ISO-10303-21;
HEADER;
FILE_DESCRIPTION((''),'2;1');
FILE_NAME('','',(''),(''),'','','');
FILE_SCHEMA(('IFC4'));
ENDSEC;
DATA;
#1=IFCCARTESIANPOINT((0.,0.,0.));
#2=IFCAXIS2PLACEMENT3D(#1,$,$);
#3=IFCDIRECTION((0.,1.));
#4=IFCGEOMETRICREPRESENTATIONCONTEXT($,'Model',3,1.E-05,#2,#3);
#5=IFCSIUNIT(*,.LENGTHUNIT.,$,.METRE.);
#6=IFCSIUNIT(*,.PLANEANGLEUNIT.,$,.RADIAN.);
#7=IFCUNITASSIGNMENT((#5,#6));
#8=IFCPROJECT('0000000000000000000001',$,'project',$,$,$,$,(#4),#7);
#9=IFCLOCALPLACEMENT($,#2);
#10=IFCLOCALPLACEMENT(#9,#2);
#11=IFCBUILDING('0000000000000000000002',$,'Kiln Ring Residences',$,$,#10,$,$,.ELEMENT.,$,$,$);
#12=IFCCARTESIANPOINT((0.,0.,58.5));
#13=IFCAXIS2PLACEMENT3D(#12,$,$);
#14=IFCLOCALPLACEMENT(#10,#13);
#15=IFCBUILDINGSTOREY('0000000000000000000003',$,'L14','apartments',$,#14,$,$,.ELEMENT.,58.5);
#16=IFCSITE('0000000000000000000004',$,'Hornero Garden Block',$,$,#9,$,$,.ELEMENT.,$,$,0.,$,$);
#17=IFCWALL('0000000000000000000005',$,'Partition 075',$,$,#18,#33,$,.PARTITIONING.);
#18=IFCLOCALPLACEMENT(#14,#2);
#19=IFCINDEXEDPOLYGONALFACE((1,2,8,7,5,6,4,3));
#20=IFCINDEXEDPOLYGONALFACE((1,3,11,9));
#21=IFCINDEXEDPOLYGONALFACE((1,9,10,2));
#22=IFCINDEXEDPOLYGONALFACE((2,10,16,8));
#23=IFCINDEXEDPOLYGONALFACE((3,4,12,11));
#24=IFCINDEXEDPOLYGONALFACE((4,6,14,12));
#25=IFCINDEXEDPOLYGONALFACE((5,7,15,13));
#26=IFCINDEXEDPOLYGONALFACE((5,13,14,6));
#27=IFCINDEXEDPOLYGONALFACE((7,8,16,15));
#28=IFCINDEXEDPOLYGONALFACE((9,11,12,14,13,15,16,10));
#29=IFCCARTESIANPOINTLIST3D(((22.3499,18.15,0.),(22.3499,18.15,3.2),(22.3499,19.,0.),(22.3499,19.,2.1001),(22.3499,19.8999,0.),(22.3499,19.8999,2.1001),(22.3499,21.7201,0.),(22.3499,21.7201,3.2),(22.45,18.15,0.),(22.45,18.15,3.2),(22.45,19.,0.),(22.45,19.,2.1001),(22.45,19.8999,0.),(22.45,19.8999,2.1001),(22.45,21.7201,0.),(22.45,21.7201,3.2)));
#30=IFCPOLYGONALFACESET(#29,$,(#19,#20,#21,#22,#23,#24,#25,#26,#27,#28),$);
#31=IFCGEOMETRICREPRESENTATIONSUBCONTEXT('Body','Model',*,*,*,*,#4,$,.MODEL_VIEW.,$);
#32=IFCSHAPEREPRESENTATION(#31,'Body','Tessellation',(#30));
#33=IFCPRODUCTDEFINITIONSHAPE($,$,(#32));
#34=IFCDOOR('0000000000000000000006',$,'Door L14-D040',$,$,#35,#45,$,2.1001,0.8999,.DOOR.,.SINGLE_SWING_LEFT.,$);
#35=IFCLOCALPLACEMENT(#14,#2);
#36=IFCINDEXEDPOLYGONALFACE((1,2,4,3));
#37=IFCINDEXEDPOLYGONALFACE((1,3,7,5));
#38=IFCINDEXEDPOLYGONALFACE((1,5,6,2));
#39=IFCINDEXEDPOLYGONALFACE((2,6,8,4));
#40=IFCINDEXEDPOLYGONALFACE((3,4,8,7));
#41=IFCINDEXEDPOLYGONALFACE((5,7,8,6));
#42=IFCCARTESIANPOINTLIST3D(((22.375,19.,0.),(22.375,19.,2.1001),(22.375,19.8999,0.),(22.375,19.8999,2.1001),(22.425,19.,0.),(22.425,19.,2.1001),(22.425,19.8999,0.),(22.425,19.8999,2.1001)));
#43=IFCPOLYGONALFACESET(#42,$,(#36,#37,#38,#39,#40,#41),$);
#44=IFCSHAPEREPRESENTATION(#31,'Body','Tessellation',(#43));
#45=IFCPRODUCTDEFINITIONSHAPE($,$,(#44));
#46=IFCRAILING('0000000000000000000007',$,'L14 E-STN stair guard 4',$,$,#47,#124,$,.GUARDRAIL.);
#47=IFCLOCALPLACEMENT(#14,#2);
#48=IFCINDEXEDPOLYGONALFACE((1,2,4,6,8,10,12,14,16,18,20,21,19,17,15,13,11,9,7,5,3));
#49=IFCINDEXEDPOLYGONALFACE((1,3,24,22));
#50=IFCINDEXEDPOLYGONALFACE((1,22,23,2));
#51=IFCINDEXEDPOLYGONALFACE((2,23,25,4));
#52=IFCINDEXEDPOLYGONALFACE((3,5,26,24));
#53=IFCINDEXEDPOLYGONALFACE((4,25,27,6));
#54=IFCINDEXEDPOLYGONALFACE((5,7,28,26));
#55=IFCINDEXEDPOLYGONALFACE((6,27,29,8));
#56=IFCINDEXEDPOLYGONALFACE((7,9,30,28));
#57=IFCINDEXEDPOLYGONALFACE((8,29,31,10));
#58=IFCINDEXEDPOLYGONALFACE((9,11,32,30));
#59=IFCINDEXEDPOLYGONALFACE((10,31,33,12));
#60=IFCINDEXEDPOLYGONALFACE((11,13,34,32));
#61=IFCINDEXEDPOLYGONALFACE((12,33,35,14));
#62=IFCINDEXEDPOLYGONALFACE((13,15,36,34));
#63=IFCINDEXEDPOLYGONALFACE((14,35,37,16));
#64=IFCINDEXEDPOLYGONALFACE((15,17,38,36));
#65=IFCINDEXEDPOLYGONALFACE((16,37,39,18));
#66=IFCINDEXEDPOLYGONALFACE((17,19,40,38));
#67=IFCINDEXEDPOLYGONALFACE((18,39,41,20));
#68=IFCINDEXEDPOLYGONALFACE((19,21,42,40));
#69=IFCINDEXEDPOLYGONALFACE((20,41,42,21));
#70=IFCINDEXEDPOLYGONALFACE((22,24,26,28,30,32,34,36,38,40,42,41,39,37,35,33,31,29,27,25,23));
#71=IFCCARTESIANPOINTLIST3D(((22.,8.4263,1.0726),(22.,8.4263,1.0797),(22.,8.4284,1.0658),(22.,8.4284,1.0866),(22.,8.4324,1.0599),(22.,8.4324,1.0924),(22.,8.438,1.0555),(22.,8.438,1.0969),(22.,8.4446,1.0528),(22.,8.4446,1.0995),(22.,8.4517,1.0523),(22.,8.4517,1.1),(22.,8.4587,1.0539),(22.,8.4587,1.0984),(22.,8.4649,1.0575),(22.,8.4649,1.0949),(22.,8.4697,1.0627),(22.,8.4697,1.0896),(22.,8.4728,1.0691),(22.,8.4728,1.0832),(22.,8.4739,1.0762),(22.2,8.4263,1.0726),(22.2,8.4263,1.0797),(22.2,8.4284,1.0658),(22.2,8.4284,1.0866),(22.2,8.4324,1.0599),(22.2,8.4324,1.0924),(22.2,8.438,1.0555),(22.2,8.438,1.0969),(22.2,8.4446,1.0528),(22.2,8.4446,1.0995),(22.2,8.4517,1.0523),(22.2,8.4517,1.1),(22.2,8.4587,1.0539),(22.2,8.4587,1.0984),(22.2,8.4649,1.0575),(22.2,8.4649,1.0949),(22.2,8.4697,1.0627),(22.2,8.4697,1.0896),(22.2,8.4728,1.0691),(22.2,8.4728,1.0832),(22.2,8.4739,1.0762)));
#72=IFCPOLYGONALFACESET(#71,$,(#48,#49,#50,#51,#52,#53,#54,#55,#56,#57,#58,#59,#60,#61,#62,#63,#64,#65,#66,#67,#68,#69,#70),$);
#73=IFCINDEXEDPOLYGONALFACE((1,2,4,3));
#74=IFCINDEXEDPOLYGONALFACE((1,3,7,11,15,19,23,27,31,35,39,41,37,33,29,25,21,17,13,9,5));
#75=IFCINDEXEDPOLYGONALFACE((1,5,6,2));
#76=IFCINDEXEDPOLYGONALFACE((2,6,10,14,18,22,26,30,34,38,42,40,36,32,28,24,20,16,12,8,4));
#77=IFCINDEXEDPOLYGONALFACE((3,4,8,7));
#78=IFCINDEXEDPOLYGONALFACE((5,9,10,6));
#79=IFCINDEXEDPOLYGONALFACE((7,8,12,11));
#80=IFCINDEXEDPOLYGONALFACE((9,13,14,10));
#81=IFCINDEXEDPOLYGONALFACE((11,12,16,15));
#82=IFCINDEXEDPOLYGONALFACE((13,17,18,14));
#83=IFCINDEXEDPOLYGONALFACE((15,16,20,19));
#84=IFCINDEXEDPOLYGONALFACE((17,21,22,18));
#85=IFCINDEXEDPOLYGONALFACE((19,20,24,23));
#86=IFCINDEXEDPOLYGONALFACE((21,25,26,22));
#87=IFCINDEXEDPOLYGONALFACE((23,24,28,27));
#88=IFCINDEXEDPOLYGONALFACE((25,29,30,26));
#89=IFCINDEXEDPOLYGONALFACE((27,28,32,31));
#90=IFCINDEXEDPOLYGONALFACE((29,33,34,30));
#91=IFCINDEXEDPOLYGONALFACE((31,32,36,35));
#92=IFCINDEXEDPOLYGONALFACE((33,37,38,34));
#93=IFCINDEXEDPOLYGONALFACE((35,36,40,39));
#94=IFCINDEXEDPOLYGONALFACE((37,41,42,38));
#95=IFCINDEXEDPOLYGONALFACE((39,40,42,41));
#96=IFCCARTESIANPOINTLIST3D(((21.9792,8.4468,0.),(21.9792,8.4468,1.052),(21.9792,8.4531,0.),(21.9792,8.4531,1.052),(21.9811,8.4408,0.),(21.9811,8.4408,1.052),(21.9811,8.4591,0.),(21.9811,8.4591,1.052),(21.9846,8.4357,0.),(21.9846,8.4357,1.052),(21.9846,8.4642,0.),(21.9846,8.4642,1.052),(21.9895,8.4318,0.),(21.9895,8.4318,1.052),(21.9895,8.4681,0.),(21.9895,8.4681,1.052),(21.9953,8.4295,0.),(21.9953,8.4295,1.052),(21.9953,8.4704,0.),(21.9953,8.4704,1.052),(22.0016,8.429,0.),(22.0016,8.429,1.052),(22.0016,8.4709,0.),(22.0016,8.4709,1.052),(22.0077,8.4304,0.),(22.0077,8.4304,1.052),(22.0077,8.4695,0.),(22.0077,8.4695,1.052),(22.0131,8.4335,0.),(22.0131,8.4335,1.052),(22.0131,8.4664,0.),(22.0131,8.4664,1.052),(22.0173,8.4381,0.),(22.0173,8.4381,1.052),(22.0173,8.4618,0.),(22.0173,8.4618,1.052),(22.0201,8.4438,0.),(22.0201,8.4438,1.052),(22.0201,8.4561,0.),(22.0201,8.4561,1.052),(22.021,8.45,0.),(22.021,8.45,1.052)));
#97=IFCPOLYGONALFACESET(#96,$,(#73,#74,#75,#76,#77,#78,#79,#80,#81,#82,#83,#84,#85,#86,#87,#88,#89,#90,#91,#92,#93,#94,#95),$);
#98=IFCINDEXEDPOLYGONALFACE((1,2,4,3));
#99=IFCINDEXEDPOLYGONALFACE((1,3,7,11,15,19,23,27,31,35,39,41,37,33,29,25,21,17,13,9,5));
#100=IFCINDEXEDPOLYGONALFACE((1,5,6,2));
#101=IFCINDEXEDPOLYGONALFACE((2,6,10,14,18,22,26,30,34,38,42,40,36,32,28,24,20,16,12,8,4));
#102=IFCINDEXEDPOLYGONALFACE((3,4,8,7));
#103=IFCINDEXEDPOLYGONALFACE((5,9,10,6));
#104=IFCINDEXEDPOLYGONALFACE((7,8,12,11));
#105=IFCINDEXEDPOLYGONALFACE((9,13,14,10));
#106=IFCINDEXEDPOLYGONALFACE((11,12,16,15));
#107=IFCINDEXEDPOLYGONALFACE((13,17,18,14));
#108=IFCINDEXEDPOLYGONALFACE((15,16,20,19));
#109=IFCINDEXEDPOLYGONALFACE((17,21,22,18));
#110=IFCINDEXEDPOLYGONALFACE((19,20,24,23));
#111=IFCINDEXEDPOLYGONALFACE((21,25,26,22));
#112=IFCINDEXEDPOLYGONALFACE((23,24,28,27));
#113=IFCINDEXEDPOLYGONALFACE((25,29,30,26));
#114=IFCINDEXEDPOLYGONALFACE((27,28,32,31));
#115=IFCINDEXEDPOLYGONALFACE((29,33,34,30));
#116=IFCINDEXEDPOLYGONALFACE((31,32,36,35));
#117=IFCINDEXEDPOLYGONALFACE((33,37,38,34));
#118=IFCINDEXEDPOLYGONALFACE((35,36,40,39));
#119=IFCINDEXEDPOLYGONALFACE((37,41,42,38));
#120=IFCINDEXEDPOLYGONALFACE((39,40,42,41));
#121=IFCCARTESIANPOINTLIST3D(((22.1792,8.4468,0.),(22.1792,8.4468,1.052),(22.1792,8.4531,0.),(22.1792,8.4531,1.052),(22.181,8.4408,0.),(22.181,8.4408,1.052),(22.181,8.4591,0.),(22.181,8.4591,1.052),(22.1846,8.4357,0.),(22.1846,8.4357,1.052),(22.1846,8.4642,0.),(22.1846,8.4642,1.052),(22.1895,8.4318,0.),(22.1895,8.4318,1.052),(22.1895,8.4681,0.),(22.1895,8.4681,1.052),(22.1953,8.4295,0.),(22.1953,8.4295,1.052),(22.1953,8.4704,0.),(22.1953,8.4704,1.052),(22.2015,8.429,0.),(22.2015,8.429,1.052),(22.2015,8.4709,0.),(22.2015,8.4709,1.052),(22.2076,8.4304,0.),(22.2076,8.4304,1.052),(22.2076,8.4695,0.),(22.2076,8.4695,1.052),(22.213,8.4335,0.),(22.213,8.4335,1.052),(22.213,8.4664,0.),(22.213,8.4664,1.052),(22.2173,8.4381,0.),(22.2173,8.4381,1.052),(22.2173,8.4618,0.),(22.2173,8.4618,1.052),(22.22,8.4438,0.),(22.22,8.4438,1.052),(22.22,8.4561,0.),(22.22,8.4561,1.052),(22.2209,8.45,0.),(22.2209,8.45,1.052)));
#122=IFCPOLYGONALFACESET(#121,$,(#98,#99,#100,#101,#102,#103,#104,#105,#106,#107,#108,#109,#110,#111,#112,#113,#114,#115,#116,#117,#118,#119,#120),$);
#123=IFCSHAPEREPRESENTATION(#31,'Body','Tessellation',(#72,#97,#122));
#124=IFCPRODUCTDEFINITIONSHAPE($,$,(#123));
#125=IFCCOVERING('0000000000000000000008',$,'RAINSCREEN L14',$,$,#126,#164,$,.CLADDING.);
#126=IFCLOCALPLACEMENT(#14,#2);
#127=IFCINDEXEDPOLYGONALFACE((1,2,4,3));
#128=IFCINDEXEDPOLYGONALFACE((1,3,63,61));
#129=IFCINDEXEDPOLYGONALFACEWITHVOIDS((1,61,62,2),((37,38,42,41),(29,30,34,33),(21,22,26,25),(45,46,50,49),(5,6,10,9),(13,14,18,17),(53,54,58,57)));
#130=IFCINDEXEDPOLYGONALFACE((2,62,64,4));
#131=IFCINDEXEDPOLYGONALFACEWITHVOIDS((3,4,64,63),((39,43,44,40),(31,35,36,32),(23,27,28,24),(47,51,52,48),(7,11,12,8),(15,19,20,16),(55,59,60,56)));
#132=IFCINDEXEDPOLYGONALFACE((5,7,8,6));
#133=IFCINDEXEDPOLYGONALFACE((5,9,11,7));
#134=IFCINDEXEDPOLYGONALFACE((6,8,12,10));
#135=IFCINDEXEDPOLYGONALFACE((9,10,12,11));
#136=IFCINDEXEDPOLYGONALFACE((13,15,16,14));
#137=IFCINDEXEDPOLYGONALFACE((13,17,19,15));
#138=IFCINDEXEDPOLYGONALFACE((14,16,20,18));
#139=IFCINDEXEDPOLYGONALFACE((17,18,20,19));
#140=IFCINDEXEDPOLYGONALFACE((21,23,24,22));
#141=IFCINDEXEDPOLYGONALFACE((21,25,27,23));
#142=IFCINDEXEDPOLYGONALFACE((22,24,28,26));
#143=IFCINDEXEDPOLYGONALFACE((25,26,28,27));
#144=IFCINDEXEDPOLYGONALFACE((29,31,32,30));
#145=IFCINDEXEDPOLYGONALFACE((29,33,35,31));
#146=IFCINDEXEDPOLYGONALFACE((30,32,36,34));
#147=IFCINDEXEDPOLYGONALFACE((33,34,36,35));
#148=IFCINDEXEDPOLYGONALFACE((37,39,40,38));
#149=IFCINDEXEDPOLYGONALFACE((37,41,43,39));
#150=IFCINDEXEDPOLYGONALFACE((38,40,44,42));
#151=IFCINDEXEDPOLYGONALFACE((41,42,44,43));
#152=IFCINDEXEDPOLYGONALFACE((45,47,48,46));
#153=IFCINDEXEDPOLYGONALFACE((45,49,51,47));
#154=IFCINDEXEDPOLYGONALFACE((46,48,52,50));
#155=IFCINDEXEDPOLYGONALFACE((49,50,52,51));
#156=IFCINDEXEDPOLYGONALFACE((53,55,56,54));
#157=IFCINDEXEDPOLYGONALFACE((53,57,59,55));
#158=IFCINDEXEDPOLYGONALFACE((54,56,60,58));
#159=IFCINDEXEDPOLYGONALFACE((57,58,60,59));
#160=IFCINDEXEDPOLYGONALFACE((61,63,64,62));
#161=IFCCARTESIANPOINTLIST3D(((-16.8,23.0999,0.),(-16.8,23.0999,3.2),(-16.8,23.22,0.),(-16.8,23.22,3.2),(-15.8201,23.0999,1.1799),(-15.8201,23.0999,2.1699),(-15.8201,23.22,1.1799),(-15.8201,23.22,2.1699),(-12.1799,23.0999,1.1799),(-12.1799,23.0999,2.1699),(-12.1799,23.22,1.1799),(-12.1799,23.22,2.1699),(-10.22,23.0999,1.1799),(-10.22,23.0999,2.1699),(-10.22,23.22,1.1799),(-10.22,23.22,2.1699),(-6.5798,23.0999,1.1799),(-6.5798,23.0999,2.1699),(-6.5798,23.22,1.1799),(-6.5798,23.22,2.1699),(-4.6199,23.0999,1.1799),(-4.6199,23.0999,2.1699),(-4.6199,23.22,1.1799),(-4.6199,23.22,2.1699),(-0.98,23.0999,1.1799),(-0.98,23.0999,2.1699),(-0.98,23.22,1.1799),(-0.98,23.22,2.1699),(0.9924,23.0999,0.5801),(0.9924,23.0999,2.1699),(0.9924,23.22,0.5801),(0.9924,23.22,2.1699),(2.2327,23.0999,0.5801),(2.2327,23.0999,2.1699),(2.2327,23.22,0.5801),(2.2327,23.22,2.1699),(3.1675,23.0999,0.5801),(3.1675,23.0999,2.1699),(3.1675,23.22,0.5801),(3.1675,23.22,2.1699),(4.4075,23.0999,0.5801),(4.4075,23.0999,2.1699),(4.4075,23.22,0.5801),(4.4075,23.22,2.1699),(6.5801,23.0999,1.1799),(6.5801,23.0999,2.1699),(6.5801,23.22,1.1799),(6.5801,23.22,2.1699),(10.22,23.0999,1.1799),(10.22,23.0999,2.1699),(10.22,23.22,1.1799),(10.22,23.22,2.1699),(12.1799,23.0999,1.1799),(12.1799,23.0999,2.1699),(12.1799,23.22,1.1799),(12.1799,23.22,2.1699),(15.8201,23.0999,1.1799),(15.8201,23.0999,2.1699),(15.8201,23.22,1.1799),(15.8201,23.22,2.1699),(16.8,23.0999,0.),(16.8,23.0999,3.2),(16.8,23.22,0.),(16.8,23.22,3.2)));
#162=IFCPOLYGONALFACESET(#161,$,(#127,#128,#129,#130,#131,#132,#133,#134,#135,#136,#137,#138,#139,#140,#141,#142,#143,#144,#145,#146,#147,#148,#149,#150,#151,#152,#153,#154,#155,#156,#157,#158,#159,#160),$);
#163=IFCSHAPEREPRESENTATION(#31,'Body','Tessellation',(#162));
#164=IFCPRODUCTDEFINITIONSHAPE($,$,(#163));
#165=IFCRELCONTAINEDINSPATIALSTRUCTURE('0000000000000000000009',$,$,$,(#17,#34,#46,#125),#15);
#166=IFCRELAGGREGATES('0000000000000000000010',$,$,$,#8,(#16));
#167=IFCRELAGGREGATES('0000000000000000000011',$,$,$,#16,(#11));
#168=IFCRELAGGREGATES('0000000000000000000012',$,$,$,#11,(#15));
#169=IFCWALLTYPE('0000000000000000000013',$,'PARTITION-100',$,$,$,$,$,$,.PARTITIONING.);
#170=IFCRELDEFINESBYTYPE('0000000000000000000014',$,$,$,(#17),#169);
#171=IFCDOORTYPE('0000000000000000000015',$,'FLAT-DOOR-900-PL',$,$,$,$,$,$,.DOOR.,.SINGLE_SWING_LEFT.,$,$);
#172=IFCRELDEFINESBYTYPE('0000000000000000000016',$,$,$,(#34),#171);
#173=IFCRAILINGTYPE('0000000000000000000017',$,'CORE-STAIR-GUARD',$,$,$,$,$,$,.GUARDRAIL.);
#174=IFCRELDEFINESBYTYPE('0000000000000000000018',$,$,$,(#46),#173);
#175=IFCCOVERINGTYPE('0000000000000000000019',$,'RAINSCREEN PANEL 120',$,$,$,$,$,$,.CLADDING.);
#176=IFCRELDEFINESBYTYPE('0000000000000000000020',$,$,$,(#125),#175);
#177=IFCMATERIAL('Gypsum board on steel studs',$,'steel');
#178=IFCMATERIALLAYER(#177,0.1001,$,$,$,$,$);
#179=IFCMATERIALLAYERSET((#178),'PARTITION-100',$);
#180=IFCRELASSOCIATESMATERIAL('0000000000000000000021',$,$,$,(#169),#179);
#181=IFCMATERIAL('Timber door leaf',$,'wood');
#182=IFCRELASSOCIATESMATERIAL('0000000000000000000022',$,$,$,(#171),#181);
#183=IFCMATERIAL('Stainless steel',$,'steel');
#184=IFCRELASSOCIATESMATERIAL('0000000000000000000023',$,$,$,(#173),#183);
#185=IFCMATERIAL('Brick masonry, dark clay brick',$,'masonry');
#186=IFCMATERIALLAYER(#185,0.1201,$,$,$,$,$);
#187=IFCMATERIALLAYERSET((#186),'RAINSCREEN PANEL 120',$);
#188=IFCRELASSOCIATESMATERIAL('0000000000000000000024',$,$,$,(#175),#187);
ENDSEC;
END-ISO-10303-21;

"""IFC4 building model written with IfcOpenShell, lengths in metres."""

from ifc_helpers import new_model, si_unit, direction, frame, frame_2d, origin, origin_2d, place, context, subcontext, project, spatial, polyline, rectangle, circle, outline, extrude, material, layer, layer_set, type_object, element, fill, save


model = new_model("IFC4")

# Units and contexts
model_context = context("Model", 3, precision=1e-05, world=origin(), true_north=direction((0.0, 1.0)))
body_context = subcontext(model_context, "Body", "Model", "MODEL_VIEW")
ifc_project = project(units=[si_unit("LENGTHUNIT", "METRE"), si_unit("PLANEANGLEUNIT", "RADIAN")], contexts=[model_context])

# Site, building, storey
site_placement = place(None, origin())
site = spatial("IfcSite", under=ifc_project, at=site_placement, Name="Hornero Garden Block", CompositionType="ELEMENT", RefElevation=0.0)
building_placement = place(site_placement, origin())
building = spatial("IfcBuilding", under=site, at=building_placement, Name="Kiln Ring Residences", CompositionType="ELEMENT")
storey_placement = place(building_placement, frame((0.0, 0.0, 58.5)))
storey = spatial("IfcBuildingStorey", under=building, at=storey_placement, Name="L14", Description="apartments", CompositionType="ELEMENT", Elevation=58.5)

# Shared definitions
ifc_material_1 = material(Name="Gypsum board on steel studs", Category="steel")
ifc_layer_1 = layer(ifc_material_1, 0.1001)
ifc_layer_set_1 = layer_set([ifc_layer_1], Name="PARTITION-100")
wall_type_1 = type_object("IfcWallType", Name="PARTITION-100", PredefinedType="PARTITIONING", material=ifc_layer_set_1)

# Wall, opening, door
wall_1_placement = place(storey_placement, frame((22.3999, 18.1499, 0.0), z_axis=(0.0, 0.0, 1.0), x_axis=(0.0, 1.0, 0.0)))
wall_1 = element("IfcWall", 1, at=wall_1_placement, inside=storey, type_object=wall_type_1, Name="Partition 075", PredefinedType="PARTITIONING", context=body_context, shape_type="SweptSolid", body=[
    extrude(rectangle(XDim=3.5701, YDim=0.1001, at=frame_2d((1.7852, 0.0))), origin(), (0.0, 0.0, 1.0), 3.2),
])
opening_1_placement = place(wall_1_placement, frame((0.8501, 0.0, 0.0)))
opening_1 = element("IfcOpeningElement", 2, at=opening_1_placement, cuts=wall_1, PredefinedType="OPENING", context=body_context, shape_type="SweptSolid", body=[
    extrude(rectangle(XDim=0.8999, YDim=2.1001, at=frame_2d((0.45, 1.05))), frame((0.0, 0.0601, 0.0), z_axis=(0.0, -1.0, 0.0), x_axis=(1.0, 0.0, 0.0)), (0.0, 0.0, 1.0), 0.1201),
])
ifc_material_2 = material(Name="Timber door leaf", Category="wood")
door_type_1 = type_object("IfcDoorType", Name="FLAT-DOOR-900-PL", OperationType="SINGLE_SWING_LEFT", PredefinedType="DOOR", material=ifc_material_2)
door_1_placement = place(opening_1_placement, origin())
door_1 = element("IfcDoor", 3, at=door_1_placement, inside=storey, type_object=door_type_1, Name="Door L14-D040", OperationType="SINGLE_SWING_LEFT", OverallHeight=2.1001, OverallWidth=0.8999, PredefinedType="DOOR", context=body_context, shape_type="SweptSolid", body=[
    extrude(rectangle(XDim=0.8999, YDim=2.1001, at=frame_2d((0.45, 1.05))), frame((0.0, 0.0249, 0.0), z_axis=(0.0, -1.0, 0.0), x_axis=(1.0, 0.0, 0.0)), (0.0, 0.0, 1.0), 0.05),
])
fill(opening_1, door_1)

# Railing
ifc_material_3 = material(Name="Stainless steel", Category="steel")
railing_type = type_object("IfcRailingType", Name="CORE-STAIR-GUARD", PredefinedType="GUARDRAIL", material=ifc_material_3)
railing_placement = place(storey_placement, frame((22.0, 8.45, 0.0)))
element("IfcRailing", 4, at=railing_placement, inside=storey, type_object=railing_type, Name="L14 E-STN stair guard 4", PredefinedType="GUARDRAIL", context=body_context, shape_type="SweptSolid", body=[
    extrude(circle(Radius=0.0239, at=origin_2d()), frame((0.0, 0.0, 1.0762), z_axis=(1.0, 0.0, 0.0), x_axis=(0.0, 1.0, 0.0)), (0.0, 0.0, 1.0), 0.2),
    extrude(circle(Radius=0.021, at=origin_2d()), origin(), (0.0, 0.0, 1.0), 1.052),
    extrude(circle(Radius=0.021, at=origin_2d()), frame((0.2, 0.0, 0.0)), (0.0, 0.0, 1.0), 1.052),
])

# Covering
ifc_material_4 = material(Name="Brick masonry, dark clay brick", Category="masonry")
ifc_layer_2 = layer(ifc_material_4, 0.1201)
ifc_layer_set_2 = layer_set([ifc_layer_2], Name="RAINSCREEN PANEL 120")
covering_type = type_object("IfcCoveringType", Name="RAINSCREEN PANEL 120", PredefinedType="CLADDING", material=ifc_layer_set_2)
covering_placement = place(storey_placement, frame((16.8, 23.1599, 0.0), z_axis=(0.0, 0.0, 1.0), x_axis=(-1.0, 0.0, 0.0)))
element("IfcCovering", 5, at=covering_placement, inside=storey, type_object=covering_type, Name="RAINSCREEN L14", PredefinedType="CLADDING", context=body_context, shape_type="SweptSolid", body=[
    extrude(outline(polyline([(0.0, 0.0), (33.6001, 0.0), (33.6001, 3.2), (0.0, 3.2), (0.0, 0.0)]), holes=[polyline([(13.6326, 0.5801), (13.6326, 2.1699), (12.3926, 2.1699), (12.3926, 0.5801), (13.6326, 0.5801)]), polyline([(14.5674, 0.5801), (15.8076, 0.5801), (15.8076, 2.1699), (14.5674, 2.1699), (14.5674, 0.5801)]), polyline([(0.98, 1.1799), (4.6201, 1.1799), (4.6201, 2.1699), (0.98, 2.1699), (0.98, 1.1799)]), polyline([(6.5801, 1.1799), (10.22, 1.1799), (10.22, 2.1699), (6.5801, 2.1699), (6.5801, 1.1799)]), polyline([(17.78, 1.1799), (21.4199, 1.1799), (21.4199, 2.1699), (17.78, 2.1699), (17.78, 1.1799)]), polyline([(23.3799, 1.1799), (27.02, 1.1799), (27.02, 2.1699), (23.3799, 2.1699), (23.3799, 1.1799)]), polyline([(28.98, 1.1799), (32.6201, 1.1799), (32.6201, 2.1699), (28.98, 2.1699), (28.98, 1.1799)])]), frame((0.0, 0.0601, 0.0), z_axis=(0.0, -1.0, 0.0), x_axis=(1.0, 0.0, 0.0)), (0.0, 0.0, 1.0), 0.1201),
])

save(model, "model.ifc")
